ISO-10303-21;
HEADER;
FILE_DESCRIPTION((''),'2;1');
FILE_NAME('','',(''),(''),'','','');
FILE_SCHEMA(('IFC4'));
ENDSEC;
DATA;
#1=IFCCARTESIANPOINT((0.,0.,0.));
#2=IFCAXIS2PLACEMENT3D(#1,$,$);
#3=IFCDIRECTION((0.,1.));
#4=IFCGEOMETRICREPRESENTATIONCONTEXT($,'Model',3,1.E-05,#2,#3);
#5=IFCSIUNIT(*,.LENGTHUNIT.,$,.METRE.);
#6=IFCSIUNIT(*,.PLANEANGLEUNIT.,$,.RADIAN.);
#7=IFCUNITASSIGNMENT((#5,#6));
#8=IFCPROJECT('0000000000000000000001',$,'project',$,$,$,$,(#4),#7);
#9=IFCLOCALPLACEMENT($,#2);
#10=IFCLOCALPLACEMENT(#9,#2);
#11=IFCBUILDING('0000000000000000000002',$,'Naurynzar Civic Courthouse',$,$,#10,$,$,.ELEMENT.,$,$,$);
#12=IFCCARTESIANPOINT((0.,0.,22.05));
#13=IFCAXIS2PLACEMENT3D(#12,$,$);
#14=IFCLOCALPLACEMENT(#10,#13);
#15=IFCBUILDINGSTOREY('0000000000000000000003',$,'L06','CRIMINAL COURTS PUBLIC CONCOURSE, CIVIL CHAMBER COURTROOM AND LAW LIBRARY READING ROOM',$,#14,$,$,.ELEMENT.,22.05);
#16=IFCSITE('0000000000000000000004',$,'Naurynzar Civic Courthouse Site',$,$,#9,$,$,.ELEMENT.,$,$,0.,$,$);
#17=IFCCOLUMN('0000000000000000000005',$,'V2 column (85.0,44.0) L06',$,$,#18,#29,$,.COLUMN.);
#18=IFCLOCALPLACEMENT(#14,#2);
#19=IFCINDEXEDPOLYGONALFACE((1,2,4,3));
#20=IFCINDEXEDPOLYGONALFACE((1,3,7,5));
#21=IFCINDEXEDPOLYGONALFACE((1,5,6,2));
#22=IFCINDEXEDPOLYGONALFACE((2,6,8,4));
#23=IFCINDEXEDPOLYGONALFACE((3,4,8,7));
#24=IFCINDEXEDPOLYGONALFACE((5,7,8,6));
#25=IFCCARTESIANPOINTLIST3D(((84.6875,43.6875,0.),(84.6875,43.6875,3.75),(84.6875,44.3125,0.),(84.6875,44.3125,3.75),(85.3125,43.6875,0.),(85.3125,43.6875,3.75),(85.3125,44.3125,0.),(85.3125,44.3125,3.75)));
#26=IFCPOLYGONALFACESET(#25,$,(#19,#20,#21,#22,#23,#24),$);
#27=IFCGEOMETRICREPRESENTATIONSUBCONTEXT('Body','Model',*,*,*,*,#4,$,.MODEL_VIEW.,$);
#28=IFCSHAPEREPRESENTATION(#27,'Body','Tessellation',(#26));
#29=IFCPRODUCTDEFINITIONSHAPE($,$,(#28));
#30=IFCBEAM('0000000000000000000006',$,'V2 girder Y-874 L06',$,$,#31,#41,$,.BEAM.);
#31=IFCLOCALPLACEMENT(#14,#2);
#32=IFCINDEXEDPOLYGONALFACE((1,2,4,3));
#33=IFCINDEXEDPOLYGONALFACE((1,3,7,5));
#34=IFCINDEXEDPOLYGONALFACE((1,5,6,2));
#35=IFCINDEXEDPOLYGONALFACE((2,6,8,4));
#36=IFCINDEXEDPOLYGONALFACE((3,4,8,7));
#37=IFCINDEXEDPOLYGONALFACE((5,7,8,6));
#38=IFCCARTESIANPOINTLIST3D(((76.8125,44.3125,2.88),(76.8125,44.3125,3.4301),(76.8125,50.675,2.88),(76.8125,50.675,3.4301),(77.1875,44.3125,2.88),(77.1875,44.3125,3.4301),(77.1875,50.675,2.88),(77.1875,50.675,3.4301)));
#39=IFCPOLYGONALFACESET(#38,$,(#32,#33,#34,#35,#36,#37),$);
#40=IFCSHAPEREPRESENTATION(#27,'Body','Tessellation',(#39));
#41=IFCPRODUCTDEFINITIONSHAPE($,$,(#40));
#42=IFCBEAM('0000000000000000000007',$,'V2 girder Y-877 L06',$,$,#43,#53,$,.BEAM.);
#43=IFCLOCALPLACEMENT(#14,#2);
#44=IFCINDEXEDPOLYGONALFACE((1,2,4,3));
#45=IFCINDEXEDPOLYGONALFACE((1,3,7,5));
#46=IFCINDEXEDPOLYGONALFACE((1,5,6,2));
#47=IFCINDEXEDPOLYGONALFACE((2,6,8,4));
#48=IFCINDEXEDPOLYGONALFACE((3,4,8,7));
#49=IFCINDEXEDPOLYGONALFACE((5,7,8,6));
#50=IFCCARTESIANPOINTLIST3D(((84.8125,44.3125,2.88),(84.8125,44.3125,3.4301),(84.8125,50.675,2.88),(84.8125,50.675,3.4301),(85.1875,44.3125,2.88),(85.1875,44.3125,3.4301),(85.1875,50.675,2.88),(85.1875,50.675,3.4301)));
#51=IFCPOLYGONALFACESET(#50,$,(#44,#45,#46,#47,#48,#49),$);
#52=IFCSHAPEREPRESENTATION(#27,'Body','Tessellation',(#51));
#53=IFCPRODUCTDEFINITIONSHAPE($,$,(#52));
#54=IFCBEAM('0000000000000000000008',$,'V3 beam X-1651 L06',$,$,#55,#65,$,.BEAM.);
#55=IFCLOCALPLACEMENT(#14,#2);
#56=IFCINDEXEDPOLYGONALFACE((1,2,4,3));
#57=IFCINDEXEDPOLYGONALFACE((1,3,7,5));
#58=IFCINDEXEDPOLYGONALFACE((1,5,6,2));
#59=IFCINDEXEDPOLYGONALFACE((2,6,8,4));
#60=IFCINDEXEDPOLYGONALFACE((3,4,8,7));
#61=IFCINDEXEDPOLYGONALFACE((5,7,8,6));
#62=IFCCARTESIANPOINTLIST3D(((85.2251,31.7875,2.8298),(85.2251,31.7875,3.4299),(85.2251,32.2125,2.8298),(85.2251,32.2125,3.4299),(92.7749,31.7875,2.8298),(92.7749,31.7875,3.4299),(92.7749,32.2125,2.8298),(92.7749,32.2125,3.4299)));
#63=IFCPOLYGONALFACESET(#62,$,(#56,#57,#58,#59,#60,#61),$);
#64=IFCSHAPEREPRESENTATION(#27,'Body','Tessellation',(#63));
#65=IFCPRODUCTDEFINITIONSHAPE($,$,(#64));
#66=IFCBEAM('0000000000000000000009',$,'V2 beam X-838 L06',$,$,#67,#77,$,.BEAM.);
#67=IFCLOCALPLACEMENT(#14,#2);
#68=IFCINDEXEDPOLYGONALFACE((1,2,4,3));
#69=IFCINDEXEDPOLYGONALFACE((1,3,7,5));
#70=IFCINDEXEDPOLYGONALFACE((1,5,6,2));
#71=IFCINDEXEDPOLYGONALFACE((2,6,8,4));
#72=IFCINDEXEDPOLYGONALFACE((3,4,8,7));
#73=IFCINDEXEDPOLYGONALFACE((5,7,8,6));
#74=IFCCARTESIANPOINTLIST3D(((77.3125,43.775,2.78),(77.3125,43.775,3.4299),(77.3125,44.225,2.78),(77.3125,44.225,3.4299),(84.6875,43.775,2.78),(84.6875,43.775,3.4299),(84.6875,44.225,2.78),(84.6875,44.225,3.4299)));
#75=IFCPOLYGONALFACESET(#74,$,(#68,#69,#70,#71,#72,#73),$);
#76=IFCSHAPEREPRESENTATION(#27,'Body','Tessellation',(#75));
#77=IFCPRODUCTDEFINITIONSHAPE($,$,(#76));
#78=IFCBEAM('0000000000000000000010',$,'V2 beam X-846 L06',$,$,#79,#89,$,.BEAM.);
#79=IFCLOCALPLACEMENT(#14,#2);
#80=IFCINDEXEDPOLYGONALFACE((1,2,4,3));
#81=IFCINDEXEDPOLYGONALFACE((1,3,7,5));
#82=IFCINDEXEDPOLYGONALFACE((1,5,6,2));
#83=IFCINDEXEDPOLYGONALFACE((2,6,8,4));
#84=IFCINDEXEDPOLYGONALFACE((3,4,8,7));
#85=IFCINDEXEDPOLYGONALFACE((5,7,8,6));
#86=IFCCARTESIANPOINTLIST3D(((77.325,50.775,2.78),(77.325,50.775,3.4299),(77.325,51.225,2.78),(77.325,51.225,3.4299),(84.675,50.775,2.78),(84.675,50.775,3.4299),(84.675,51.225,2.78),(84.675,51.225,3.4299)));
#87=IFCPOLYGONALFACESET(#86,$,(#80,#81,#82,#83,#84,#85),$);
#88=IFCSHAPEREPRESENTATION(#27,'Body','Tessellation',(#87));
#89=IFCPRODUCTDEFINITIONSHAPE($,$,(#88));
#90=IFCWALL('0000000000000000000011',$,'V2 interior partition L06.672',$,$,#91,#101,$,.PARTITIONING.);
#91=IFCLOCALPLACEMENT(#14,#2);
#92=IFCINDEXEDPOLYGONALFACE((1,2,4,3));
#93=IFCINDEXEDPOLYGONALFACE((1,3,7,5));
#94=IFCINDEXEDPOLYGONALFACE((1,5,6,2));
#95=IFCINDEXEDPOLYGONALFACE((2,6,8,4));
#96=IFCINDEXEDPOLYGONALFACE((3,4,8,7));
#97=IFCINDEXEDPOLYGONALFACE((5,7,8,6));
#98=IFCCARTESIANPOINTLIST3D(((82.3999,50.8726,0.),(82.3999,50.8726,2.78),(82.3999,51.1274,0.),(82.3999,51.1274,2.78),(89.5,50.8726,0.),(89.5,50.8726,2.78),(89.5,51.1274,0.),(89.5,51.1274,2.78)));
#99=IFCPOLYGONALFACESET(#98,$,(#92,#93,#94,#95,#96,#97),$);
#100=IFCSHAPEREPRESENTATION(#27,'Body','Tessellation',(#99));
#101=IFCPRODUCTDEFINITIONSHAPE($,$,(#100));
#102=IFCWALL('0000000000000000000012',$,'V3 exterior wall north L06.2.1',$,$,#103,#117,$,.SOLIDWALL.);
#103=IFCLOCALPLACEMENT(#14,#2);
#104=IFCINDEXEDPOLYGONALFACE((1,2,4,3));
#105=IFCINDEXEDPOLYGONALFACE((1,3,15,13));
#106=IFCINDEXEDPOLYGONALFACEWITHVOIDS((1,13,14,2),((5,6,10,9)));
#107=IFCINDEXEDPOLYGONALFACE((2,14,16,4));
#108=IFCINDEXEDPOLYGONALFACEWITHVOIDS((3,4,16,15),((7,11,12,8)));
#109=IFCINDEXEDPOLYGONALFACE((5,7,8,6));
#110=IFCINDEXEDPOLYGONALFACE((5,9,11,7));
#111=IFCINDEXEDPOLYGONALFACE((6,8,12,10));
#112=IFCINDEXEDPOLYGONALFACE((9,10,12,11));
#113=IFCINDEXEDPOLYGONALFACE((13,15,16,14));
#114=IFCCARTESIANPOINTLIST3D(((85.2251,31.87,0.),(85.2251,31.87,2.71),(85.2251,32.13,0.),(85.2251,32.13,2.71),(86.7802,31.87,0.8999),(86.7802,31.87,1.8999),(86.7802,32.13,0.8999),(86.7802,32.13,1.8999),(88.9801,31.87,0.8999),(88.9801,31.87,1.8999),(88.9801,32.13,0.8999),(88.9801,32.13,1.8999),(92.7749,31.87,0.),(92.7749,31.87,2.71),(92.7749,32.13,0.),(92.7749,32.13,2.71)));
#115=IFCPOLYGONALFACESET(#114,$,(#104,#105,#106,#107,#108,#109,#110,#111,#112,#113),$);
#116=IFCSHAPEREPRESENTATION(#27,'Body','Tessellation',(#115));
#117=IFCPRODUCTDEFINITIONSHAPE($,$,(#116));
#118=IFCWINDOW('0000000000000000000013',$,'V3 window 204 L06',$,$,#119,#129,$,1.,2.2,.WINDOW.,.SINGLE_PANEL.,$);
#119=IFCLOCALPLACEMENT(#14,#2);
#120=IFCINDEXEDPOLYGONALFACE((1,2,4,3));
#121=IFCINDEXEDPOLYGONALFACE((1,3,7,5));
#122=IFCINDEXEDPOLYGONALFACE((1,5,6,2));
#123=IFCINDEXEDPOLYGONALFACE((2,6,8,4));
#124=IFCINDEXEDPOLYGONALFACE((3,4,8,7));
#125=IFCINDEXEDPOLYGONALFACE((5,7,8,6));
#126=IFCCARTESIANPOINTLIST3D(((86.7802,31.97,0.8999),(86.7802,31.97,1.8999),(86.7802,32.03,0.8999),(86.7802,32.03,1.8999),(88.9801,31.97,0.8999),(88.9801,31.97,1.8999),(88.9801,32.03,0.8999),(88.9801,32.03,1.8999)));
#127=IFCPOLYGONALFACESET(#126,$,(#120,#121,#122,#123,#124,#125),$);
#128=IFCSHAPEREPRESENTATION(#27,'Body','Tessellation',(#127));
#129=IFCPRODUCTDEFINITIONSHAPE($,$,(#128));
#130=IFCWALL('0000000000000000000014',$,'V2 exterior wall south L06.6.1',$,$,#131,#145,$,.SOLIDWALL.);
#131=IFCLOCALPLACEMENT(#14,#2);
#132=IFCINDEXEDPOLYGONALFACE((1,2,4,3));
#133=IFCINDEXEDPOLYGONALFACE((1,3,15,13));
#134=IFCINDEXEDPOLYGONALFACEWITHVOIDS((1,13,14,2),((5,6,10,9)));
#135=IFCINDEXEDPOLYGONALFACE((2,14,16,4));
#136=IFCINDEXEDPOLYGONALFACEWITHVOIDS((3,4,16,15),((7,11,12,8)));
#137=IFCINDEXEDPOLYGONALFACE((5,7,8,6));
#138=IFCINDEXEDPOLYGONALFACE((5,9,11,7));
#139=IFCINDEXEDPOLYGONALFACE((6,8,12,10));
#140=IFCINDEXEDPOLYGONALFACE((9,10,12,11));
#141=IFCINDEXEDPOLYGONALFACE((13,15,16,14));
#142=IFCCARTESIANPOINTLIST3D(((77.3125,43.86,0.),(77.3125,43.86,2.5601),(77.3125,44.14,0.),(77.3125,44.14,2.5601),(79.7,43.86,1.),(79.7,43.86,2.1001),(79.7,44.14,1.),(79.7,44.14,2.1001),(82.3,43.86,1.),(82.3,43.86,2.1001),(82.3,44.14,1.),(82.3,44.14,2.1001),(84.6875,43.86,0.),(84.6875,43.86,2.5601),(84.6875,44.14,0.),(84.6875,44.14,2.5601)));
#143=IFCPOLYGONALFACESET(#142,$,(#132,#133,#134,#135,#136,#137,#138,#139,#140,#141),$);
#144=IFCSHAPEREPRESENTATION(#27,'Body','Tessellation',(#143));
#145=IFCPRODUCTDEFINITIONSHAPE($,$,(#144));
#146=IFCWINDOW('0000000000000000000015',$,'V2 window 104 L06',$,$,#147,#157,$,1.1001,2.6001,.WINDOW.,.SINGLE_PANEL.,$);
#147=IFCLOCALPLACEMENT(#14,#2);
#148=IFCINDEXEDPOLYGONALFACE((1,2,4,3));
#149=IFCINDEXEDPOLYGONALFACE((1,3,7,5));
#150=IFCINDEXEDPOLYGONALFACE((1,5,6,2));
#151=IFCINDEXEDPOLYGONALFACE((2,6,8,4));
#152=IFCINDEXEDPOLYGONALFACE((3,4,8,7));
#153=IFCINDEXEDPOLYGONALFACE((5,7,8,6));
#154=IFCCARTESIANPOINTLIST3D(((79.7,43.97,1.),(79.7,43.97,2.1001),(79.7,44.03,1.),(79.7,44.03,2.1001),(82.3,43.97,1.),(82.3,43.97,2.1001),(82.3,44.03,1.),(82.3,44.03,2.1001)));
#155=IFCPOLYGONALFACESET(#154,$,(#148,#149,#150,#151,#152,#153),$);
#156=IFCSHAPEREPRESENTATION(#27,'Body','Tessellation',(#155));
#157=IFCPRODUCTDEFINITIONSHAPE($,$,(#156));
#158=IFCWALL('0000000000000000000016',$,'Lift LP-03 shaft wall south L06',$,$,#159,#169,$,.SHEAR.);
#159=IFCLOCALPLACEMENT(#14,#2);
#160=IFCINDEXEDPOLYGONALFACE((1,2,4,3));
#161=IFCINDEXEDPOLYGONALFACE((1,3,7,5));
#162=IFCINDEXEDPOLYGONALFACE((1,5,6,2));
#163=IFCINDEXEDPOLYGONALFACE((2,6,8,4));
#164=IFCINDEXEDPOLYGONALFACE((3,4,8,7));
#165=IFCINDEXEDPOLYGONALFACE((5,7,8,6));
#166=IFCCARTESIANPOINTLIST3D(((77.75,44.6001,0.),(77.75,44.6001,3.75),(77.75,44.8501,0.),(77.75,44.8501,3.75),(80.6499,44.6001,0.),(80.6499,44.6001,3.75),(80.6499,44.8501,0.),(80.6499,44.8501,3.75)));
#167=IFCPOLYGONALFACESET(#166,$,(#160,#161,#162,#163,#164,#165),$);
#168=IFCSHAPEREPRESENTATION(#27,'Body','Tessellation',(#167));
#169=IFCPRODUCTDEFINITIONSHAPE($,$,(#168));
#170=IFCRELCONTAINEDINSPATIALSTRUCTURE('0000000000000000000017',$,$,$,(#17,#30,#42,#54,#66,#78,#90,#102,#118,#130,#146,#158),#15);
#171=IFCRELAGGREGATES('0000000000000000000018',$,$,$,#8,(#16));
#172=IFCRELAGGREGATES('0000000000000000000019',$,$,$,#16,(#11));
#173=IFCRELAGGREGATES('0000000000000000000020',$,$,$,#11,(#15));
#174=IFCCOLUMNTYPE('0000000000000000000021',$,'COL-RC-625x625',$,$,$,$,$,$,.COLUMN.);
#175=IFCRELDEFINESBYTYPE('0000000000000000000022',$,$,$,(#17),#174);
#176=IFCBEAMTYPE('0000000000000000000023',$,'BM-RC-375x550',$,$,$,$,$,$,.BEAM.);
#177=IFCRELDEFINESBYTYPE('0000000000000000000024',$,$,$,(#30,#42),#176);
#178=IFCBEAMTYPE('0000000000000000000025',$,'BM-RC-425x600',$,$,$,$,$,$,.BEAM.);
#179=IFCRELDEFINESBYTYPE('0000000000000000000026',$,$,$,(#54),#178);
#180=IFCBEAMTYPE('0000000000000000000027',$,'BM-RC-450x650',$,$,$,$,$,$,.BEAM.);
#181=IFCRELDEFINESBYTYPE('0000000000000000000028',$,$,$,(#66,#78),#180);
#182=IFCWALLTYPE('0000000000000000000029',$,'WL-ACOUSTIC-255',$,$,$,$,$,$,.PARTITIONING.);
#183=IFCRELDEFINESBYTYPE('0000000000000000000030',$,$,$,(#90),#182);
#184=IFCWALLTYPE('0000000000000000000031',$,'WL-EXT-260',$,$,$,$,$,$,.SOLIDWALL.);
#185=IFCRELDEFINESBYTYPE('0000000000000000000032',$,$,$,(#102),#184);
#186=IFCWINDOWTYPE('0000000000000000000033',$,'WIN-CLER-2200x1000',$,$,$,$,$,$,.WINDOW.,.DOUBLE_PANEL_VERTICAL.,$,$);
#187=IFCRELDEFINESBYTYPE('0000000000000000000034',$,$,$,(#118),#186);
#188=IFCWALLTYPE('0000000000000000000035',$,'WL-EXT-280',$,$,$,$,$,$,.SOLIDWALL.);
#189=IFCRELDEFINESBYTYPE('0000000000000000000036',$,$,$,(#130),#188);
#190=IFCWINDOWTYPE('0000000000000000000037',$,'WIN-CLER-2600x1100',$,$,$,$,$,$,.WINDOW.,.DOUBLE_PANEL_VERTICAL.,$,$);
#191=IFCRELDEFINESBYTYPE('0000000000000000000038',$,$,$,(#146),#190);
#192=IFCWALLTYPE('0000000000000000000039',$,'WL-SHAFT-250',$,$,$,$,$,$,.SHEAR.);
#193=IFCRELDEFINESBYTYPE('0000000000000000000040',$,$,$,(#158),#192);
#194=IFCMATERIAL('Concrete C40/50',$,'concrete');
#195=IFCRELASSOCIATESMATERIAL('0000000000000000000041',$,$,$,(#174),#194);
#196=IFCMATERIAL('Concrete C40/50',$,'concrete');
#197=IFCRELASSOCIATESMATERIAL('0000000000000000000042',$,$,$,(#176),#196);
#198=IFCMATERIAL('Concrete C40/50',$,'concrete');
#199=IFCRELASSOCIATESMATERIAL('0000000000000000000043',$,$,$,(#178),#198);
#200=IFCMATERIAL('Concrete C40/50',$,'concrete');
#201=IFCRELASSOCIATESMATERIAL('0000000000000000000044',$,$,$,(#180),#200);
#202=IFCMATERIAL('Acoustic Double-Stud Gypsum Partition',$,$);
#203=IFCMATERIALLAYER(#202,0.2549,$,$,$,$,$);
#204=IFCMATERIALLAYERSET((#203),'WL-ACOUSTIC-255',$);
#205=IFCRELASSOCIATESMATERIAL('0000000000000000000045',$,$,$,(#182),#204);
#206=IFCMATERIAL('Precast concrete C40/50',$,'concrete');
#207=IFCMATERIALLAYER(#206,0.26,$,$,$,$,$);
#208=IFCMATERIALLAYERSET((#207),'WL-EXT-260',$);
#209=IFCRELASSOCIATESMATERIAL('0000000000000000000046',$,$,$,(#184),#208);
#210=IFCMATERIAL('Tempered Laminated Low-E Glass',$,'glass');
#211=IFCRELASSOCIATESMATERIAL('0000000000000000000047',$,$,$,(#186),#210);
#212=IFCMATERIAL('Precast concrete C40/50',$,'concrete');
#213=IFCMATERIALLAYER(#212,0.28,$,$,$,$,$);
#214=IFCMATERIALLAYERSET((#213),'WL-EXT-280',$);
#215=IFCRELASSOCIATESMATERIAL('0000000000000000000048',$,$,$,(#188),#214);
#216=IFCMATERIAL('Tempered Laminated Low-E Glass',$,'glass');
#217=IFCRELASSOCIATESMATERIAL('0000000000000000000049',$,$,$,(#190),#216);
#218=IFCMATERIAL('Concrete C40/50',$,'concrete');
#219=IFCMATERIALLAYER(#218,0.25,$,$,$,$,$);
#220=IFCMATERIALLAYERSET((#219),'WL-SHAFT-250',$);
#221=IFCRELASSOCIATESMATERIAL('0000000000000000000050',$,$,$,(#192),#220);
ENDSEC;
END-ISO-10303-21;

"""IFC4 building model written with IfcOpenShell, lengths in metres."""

from ifc_helpers import new_model, si_unit, direction, frame, frame_2d, origin, origin_2d, place, context, subcontext, project, spatial, rectangle, extrude, material, layer, layer_set, material_profile, profile_set, type_object, element, fill, save


model = new_model("IFC4")

# Units and contexts
model_context = context("Model", 3, precision=1e-05, world=origin(), true_north=direction((0.0, 1.0)))
body_context = subcontext(model_context, "Body", "Model", "MODEL_VIEW")
ifc_project = project(units=[si_unit("LENGTHUNIT", "METRE"), si_unit("PLANEANGLEUNIT", "RADIAN")], contexts=[model_context])

# Site, building, storey
site_placement = place(None, origin())
site = spatial("IfcSite", under=ifc_project, at=site_placement, Name="Naurynzar Civic Courthouse Site", CompositionType="ELEMENT", RefElevation=0.0)
building_placement = place(site_placement, origin())
building = spatial("IfcBuilding", under=site, at=building_placement, Name="Naurynzar Civic Courthouse", CompositionType="ELEMENT")
storey_placement = place(building_placement, frame((0.0, 0.0, 22.05)))
storey = spatial("IfcBuildingStorey", under=building, at=storey_placement, Name="L06", Description="CRIMINAL COURTS PUBLIC CONCOURSE, CIVIL CHAMBER COURTROOM AND LAW LIBRARY READING ROOM", CompositionType="ELEMENT", Elevation=22.05)

# Column
ifc_material_1 = material(Name="Concrete C40/50", Category="concrete")
ifc_material_profile_1 = material_profile(ifc_material_1, rectangle(XDim=0.625, YDim=0.625, at=origin_2d()), Name="RC 625x625")
ifc_profile_set_1 = profile_set([ifc_material_profile_1], Name="Concrete C40/50")
column_type = type_object("IfcColumnType", Name="COL-RC-625x625", PredefinedType="COLUMN", material=ifc_profile_set_1)
column_placement = place(storey_placement, frame((85.0, 44.0, 0.0), z_axis=(0.0, 0.0, 1.0), x_axis=(1.0, 0.0, 0.0)))
element("IfcColumn", 1, at=column_placement, inside=storey, type_object=column_type, Name="V2 column (85.0,44.0) L06", PredefinedType="COLUMN", context=body_context, shape_type="SweptSolid", body=[
    extrude(rectangle(XDim=0.625, YDim=0.625, at=origin_2d()), origin(), (0.0, 0.0, 1.0), 3.75),
])

# Beams
ifc_material_2 = material(Name="Concrete C40/50", Category="concrete")
ifc_material_profile_2 = material_profile(ifc_material_2, rectangle(XDim=0.375, YDim=0.55, at=origin_2d()), Name="RCB 375x550")
ifc_profile_set_2 = profile_set([ifc_material_profile_2], Name="Concrete C40/50")
beam_type_1 = type_object("IfcBeamType", Name="BM-RC-375x550", PredefinedType="BEAM", material=ifc_profile_set_2)
for number, where, z_axis, x_axis, name in (
    (2, (77.0, 44.3125, 3.155), (0.0, 1.0, 0.0), (-1.0, 0.0, 0.0), "V2 girder Y-874 L06"),
    (3, (85.0, 44.3125, 3.155), (0.0, 1.0, 0.0), (-1.0, 0.0, 0.0), "V2 girder Y-877 L06"),
):
    element("IfcBeam", number, at=place(storey_placement, frame(where, z_axis=z_axis, x_axis=x_axis)), inside=storey, type_object=beam_type_1, Name=name, PredefinedType="BEAM", context=body_context, shape_type="SweptSolid", body=[
        extrude(rectangle(XDim=0.375, YDim=0.55, at=origin_2d()), origin(), (0.0, 0.0, 1.0), 6.3625),
    ])
ifc_material_3 = material(Name="Concrete C40/50", Category="concrete")
ifc_material_profile_3 = material_profile(ifc_material_3, rectangle(XDim=0.425, YDim=0.6001, at=origin_2d()), Name="RCB 425x600")
ifc_profile_set_3 = profile_set([ifc_material_profile_3], Name="Concrete C40/50")
beam_type_2 = type_object("IfcBeamType", Name="BM-RC-425x600", PredefinedType="BEAM", material=ifc_profile_set_3)
beam_1_placement = place(storey_placement, frame((85.2251, 32.0, 3.1299), z_axis=(1.0, 0.0, 0.0), x_axis=(0.0, 1.0, 0.0)))
element("IfcBeam", 4, at=beam_1_placement, inside=storey, type_object=beam_type_2, Name="V3 beam X-1651 L06", PredefinedType="BEAM", context=body_context, shape_type="SweptSolid", body=[
    extrude(rectangle(XDim=0.425, YDim=0.6001, at=origin_2d()), origin(), (0.0, 0.0, 1.0), 7.5498),
])
ifc_material_4 = material(Name="Concrete C40/50", Category="concrete")
ifc_material_profile_4 = material_profile(ifc_material_4, rectangle(XDim=0.45, YDim=0.6499, at=origin_2d()), Name="RCB 450x650")
ifc_profile_set_4 = profile_set([ifc_material_profile_4], Name="Concrete C40/50")
beam_type_3 = type_object("IfcBeamType", Name="BM-RC-450x650", PredefinedType="BEAM", material=ifc_profile_set_4)
beam_2_placement = place(storey_placement, frame((77.3125, 44.0, 3.105), z_axis=(1.0, 0.0, 0.0), x_axis=(0.0, 1.0, 0.0)))
element("IfcBeam", 5, at=beam_2_placement, inside=storey, type_object=beam_type_3, Name="V2 beam X-838 L06", PredefinedType="BEAM", context=body_context, shape_type="SweptSolid", body=[
    extrude(rectangle(XDim=0.45, YDim=0.6499, at=origin_2d()), origin(), (0.0, 0.0, 1.0), 7.375),
])
beam_3_placement = place(storey_placement, frame((77.325, 51.0, 3.105), z_axis=(1.0, 0.0, 0.0), x_axis=(0.0, 1.0, 0.0)))
element("IfcBeam", 6, at=beam_3_placement, inside=storey, type_object=beam_type_3, Name="V2 beam X-846 L06", PredefinedType="BEAM", context=body_context, shape_type="SweptSolid", body=[
    extrude(rectangle(XDim=0.45, YDim=0.6499, at=origin_2d()), origin(), (0.0, 0.0, 1.0), 7.3501),
])

# Wall
ifc_material_5 = material(Name="Acoustic Double-Stud Gypsum Partition")
ifc_layer_1 = layer(ifc_material_5, 0.2549)
ifc_layer_set_1 = layer_set([ifc_layer_1], Name="WL-ACOUSTIC-255")
wall_type_1 = type_object("IfcWallType", Name="WL-ACOUSTIC-255", PredefinedType="PARTITIONING", material=ifc_layer_set_1)
wall_1_placement = place(storey_placement, frame((82.3999, 51.0, 0.0), z_axis=(0.0, 0.0, 1.0), x_axis=(1.0, 0.0, 0.0)))
element("IfcWall", 7, at=wall_1_placement, inside=storey, type_object=wall_type_1, Name="V2 interior partition L06.672", PredefinedType="PARTITIONING", context=body_context, shape_type="SweptSolid", body=[
    extrude(rectangle(XDim=7.1001, YDim=0.2549, at=frame_2d((3.55, 0.0))), origin(), (0.0, 0.0, 1.0), 2.78),
])

# Walls, openings, windows
ifc_material_6 = material(Name="Precast concrete C40/50", Category="concrete")
ifc_layer_2 = layer(ifc_material_6, 0.26)
ifc_layer_set_2 = layer_set([ifc_layer_2], Name="WL-EXT-260")
wall_type_2 = type_object("IfcWallType", Name="WL-EXT-260", PredefinedType="SOLIDWALL", material=ifc_layer_set_2)
wall_2_placement = place(storey_placement, frame((85.2251, 32.0, 0.0), z_axis=(0.0, 0.0, 1.0), x_axis=(1.0, 0.0, 0.0)))
wall_2 = element("IfcWall", 8, at=wall_2_placement, inside=storey, type_object=wall_type_2, Name="V3 exterior wall north L06.2.1", PredefinedType="SOLIDWALL", context=body_context, shape_type="SweptSolid", body=[
    extrude(rectangle(XDim=7.5498, YDim=0.26, at=frame_2d((3.7749, 0.0))), origin(), (0.0, 0.0, 1.0), 2.71),
])
opening_1_placement = place(wall_2_placement, frame((1.5549, 0.0, 0.8999)))
opening_1 = element("IfcOpeningElement", 9, at=opening_1_placement, cuts=wall_2, PredefinedType="OPENING", context=body_context, shape_type="SweptSolid", body=[
    extrude(rectangle(XDim=2.2, YDim=1.0, at=frame_2d((1.1001, 0.5))), frame((0.0, 0.1399, 0.0), z_axis=(0.0, -1.0, 0.0), x_axis=(1.0, 0.0, 0.0)), (0.0, 0.0, 1.0), 0.28),
])
ifc_material_7 = material(Name="Tempered Laminated Low-E Glass", Category="glass")
window_type_1 = type_object("IfcWindowType", Name="WIN-CLER-2200x1000", PartitioningType="DOUBLE_PANEL_VERTICAL", PredefinedType="WINDOW", material=ifc_material_7)
window_1_placement = place(opening_1_placement, origin())
window_1 = element("IfcWindow", 10, at=window_1_placement, inside=storey, type_object=window_type_1, Name="V3 window 204 L06", OverallHeight=1.0, OverallWidth=2.2, PartitioningType="SINGLE_PANEL", PredefinedType="WINDOW", context=body_context, shape_type="SweptSolid", body=[
    extrude(rectangle(XDim=2.2, YDim=1.0, at=frame_2d((1.1001, 0.5))), frame((0.0, 0.03, 0.0), z_axis=(0.0, -1.0, 0.0), x_axis=(1.0, 0.0, 0.0)), (0.0, 0.0, 1.0), 0.0601),
])
fill(opening_1, window_1)
ifc_material_8 = material(Name="Precast concrete C40/50", Category="concrete")
ifc_layer_3 = layer(ifc_material_8, 0.28)
ifc_layer_set_3 = layer_set([ifc_layer_3], Name="WL-EXT-280")
wall_type_3 = type_object("IfcWallType", Name="WL-EXT-280", PredefinedType="SOLIDWALL", material=ifc_layer_set_3)
wall_3_placement = place(storey_placement, frame((84.6875, 44.0, 0.0), z_axis=(0.0, 0.0, 1.0), x_axis=(-1.0, 0.0, 0.0)))
wall_3 = element("IfcWall", 11, at=wall_3_placement, inside=storey, type_object=wall_type_3, Name="V2 exterior wall south L06.6.1", PredefinedType="SOLIDWALL", context=body_context, shape_type="SweptSolid", body=[
    extrude(rectangle(XDim=7.375, YDim=0.28, at=frame_2d((3.6875, 0.0))), origin(), (0.0, 0.0, 1.0), 2.5601),
])
opening_2_placement = place(wall_3_placement, frame((2.3875, 0.0, 1.0)))
opening_2 = element("IfcOpeningElement", 12, at=opening_2_placement, cuts=wall_3, PredefinedType="OPENING", context=body_context, shape_type="SweptSolid", body=[
    extrude(rectangle(XDim=2.6001, YDim=1.1001, at=frame_2d((1.3, 0.55))), frame((0.0, 0.1499, 0.0), z_axis=(0.0, -1.0, 0.0), x_axis=(1.0, 0.0, 0.0)), (0.0, 0.0, 1.0), 0.3),
])
ifc_material_9 = material(Name="Tempered Laminated Low-E Glass", Category="glass")
window_type_2 = type_object("IfcWindowType", Name="WIN-CLER-2600x1100", PartitioningType="DOUBLE_PANEL_VERTICAL", PredefinedType="WINDOW", material=ifc_material_9)
window_2_placement = place(opening_2_placement, origin())
window_2 = element("IfcWindow", 13, at=window_2_placement, inside=storey, type_object=window_type_2, Name="V2 window 104 L06", OverallHeight=1.1001, OverallWidth=2.6001, PartitioningType="SINGLE_PANEL", PredefinedType="WINDOW", context=body_context, shape_type="SweptSolid", body=[
    extrude(rectangle(XDim=2.6001, YDim=1.1001, at=frame_2d((1.3, 0.55))), frame((0.0, 0.03, 0.0), z_axis=(0.0, -1.0, 0.0), x_axis=(1.0, 0.0, 0.0)), (0.0, 0.0, 1.0), 0.0601),
])
fill(opening_2, window_2)

# Wall
ifc_material_10 = material(Name="Concrete C40/50", Category="concrete")
ifc_layer_4 = layer(ifc_material_10, 0.25)
ifc_layer_set_4 = layer_set([ifc_layer_4], Name="WL-SHAFT-250")
wall_type_4 = type_object("IfcWallType", Name="WL-SHAFT-250", PredefinedType="SHEAR", material=ifc_layer_set_4)
wall_4_placement = place(storey_placement, frame((77.75, 44.7251, 0.0), z_axis=(0.0, 0.0, 1.0), x_axis=(1.0, 0.0, 0.0)))
element("IfcWall", 14, at=wall_4_placement, inside=storey, type_object=wall_type_4, Name="Lift LP-03 shaft wall south L06", PredefinedType="SHEAR", context=body_context, shape_type="SweptSolid", body=[
    extrude(rectangle(XDim=2.8999, YDim=0.25, at=frame_2d((1.45, 0.0))), origin(), (0.0, 0.0, 1.0), 3.75),
])

save(model, "model.ifc")
